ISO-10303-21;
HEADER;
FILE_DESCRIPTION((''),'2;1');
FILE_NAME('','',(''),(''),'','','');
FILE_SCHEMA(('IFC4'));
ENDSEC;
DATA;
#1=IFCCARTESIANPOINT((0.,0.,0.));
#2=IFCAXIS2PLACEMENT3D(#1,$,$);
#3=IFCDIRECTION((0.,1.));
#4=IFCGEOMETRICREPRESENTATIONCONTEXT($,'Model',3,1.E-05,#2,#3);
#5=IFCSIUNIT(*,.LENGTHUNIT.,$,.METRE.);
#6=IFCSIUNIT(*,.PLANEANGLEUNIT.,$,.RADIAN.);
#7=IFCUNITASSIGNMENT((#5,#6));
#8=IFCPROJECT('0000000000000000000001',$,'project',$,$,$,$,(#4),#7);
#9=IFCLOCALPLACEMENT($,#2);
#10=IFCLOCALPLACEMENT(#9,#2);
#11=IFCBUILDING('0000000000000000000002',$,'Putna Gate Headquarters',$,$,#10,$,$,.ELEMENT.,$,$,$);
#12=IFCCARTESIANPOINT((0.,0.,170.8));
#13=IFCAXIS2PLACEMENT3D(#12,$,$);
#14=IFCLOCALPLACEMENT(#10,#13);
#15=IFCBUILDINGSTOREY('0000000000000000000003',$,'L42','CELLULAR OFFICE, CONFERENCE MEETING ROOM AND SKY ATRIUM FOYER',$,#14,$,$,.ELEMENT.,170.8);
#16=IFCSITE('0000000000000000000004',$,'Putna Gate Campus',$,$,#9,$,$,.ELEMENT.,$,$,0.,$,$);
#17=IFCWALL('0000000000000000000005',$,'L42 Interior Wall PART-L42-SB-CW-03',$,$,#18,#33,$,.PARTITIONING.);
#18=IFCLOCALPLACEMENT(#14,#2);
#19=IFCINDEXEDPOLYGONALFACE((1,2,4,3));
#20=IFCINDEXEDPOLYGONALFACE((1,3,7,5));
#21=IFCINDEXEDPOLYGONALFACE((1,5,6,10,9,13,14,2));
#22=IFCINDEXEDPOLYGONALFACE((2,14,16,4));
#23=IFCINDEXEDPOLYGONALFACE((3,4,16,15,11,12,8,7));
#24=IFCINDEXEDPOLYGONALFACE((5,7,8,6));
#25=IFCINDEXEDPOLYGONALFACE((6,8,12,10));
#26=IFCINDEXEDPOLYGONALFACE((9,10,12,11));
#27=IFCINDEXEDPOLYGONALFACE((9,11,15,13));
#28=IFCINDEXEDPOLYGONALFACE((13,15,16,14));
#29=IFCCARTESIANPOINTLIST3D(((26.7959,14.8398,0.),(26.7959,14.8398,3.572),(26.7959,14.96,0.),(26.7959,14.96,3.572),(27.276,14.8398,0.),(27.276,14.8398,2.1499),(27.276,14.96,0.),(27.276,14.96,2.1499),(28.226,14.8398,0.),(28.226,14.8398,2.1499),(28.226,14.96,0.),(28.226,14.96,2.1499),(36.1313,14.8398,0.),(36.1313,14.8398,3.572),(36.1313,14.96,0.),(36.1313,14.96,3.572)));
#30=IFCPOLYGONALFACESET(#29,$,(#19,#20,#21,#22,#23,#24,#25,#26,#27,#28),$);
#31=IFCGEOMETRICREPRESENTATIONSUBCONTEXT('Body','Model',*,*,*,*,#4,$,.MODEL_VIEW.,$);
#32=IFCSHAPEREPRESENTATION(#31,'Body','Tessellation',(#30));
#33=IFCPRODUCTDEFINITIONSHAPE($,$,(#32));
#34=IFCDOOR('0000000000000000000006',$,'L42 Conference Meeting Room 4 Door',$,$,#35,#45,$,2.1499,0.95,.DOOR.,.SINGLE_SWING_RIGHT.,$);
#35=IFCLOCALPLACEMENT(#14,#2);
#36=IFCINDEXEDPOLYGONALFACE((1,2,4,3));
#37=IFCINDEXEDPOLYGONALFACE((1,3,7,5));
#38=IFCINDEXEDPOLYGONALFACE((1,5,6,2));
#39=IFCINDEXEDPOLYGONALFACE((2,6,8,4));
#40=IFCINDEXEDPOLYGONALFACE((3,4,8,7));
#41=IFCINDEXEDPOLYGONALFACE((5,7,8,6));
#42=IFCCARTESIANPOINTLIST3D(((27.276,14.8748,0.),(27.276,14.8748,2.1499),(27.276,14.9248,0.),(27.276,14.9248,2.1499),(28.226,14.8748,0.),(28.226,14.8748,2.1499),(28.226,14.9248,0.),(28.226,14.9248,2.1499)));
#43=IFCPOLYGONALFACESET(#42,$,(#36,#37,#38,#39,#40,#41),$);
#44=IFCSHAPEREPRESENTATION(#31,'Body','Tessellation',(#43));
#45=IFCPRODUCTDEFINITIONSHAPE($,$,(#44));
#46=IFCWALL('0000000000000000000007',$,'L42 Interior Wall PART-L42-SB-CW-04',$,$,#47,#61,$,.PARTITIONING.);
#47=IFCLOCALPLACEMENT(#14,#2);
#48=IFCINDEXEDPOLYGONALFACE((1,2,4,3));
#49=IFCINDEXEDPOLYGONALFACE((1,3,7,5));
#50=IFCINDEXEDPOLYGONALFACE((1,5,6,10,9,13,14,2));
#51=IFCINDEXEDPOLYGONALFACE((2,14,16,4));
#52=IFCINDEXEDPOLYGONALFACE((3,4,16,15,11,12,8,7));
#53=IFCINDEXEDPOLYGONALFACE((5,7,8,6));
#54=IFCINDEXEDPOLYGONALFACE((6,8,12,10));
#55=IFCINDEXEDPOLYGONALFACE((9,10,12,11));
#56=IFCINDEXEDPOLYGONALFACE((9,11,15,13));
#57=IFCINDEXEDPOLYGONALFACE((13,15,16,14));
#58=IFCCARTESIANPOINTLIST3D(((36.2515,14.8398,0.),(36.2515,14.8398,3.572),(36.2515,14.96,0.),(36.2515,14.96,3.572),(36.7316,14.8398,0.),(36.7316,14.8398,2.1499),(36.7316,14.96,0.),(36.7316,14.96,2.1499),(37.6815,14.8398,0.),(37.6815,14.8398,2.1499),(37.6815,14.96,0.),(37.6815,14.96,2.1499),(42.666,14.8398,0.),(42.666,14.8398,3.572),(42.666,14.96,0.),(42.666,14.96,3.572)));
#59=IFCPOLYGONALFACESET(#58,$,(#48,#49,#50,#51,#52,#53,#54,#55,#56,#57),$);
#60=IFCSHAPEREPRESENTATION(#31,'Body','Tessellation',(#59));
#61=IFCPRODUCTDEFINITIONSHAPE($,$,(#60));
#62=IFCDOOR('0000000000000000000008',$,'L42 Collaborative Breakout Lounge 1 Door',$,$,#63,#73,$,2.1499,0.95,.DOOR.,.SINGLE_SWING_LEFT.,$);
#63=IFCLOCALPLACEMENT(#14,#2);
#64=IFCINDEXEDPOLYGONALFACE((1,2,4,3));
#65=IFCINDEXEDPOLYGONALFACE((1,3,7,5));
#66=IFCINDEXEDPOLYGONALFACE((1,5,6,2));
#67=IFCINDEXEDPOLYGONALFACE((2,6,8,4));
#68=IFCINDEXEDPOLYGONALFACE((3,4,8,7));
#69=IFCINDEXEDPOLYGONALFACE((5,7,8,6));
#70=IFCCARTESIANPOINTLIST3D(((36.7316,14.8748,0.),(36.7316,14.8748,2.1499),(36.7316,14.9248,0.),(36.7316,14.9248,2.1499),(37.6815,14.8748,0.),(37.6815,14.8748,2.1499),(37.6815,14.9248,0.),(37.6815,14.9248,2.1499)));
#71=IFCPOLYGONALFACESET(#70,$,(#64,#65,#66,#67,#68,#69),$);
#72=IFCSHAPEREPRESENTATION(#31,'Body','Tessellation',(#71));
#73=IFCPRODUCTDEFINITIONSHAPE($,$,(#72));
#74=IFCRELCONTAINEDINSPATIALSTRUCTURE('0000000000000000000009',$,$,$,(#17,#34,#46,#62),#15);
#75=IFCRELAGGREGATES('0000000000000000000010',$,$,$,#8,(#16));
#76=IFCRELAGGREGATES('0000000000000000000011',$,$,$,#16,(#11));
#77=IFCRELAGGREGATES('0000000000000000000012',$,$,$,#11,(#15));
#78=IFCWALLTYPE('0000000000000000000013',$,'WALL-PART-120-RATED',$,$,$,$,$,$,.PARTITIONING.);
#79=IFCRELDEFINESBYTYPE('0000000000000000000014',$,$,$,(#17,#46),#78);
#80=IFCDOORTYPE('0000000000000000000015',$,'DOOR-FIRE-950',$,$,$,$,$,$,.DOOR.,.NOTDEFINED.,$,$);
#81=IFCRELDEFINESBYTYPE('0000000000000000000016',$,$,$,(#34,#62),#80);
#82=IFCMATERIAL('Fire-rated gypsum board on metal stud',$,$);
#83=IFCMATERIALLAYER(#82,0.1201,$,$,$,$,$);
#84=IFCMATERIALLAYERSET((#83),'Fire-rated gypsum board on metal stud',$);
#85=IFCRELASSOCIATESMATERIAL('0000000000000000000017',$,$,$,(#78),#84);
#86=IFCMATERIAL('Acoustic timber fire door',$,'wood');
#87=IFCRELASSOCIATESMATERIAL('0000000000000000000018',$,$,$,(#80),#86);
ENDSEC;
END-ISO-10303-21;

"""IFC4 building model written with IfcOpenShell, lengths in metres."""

from ifc_helpers import new_model, si_unit, direction, frame, frame_2d, origin, place, context, subcontext, project, spatial, rectangle, extrude, material, layer, layer_set, type_object, element, fill, save


model = new_model("IFC4")

# Units and contexts
model_context = context("Model", 3, precision=1e-05, world=origin(), true_north=direction((0.0, 1.0)))
body_context = subcontext(model_context, "Body", "Model", "MODEL_VIEW")
ifc_project = project(units=[si_unit("LENGTHUNIT", "METRE"), si_unit("PLANEANGLEUNIT", "RADIAN")], contexts=[model_context])

# Site, building, storey
site_placement = place(None, origin())
site = spatial("IfcSite", under=ifc_project, at=site_placement, Name="Putna Gate Campus", CompositionType="ELEMENT", RefElevation=0.0)
building_placement = place(site_placement, origin())
building = spatial("IfcBuilding", under=site, at=building_placement, Name="Putna Gate Headquarters", CompositionType="ELEMENT")
storey_placement = place(building_placement, frame((0.0, 0.0, 170.8)))
storey = spatial("IfcBuildingStorey", under=building, at=storey_placement, Name="L42", Description="CELLULAR OFFICE, CONFERENCE MEETING ROOM AND SKY ATRIUM FOYER", CompositionType="ELEMENT", Elevation=170.8)

# Walls, openings, doors
ifc_material_1 = material(Name="Fire-rated gypsum board on metal stud")
ifc_layer_1 = layer(ifc_material_1, 0.1201)
ifc_layer_set_1 = layer_set([ifc_layer_1], Name="Fire-rated gypsum board on metal stud")
wall_type_1 = type_object("IfcWallType", Name="WALL-PART-120-RATED", PredefinedType="PARTITIONING", material=ifc_layer_set_1)
wall_1_placement = place(storey_placement, frame((26.7959, 14.8999, 0.0), z_axis=(0.0, 0.0, 1.0), x_axis=(1.0, 0.0, 0.0)))
wall_1 = element("IfcWall", 1, at=wall_1_placement, inside=storey, type_object=wall_type_1, Name="L42 Interior Wall PART-L42-SB-CW-03", PredefinedType="PARTITIONING", context=body_context, shape_type="SweptSolid", body=[
    extrude(rectangle(XDim=9.3354, YDim=0.1201, at=frame_2d((4.6677, 0.0))), origin(), (0.0, 0.0, 1.0), 3.572),
])
opening_1_placement = place(wall_1_placement, frame((0.48, 0.0, 0.0)))
opening_1 = element("IfcOpeningElement", 2, at=opening_1_placement, cuts=wall_1, PredefinedType="OPENING", context=body_context, shape_type="SweptSolid", body=[
    extrude(rectangle(XDim=0.95, YDim=2.1499, at=frame_2d((0.4751, 1.075))), frame((0.0, 0.0701, 0.0), z_axis=(0.0, -1.0, 0.0), x_axis=(1.0, 0.0, 0.0)), (0.0, 0.0, 1.0), 0.1401),
])
ifc_material_2 = material(Name="Acoustic timber fire door", Category="wood")
door_type = type_object("IfcDoorType", Name="DOOR-FIRE-950", OperationType="NOTDEFINED", PredefinedType="DOOR", material=ifc_material_2)
door_1_placement = place(opening_1_placement, origin())
door_1 = element("IfcDoor", 3, at=door_1_placement, inside=storey, type_object=door_type, Name="L42 Conference Meeting Room 4 Door", OperationType="SINGLE_SWING_RIGHT", OverallHeight=2.1499, OverallWidth=0.95, PredefinedType="DOOR", context=body_context, shape_type="SweptSolid", body=[
    extrude(rectangle(XDim=0.95, YDim=2.1499, at=frame_2d((0.4751, 1.075))), frame((0.0, 0.0249, 0.0), z_axis=(0.0, -1.0, 0.0), x_axis=(1.0, 0.0, 0.0)), (0.0, 0.0, 1.0), 0.05),
])
fill(opening_1, door_1)
wall_2_placement = place(storey_placement, frame((36.2515, 14.8999, 0.0), z_axis=(0.0, 0.0, 1.0), x_axis=(1.0, 0.0, 0.0)))
wall_2 = element("IfcWall", 4, at=wall_2_placement, inside=storey, type_object=wall_type_1, Name="L42 Interior Wall PART-L42-SB-CW-04", PredefinedType="PARTITIONING", context=body_context, shape_type="SweptSolid", body=[
    extrude(rectangle(XDim=6.4146, YDim=0.1201, at=frame_2d((3.2073, 0.0))), origin(), (0.0, 0.0, 1.0), 3.572),
])
opening_2_placement = place(wall_2_placement, frame((0.48, 0.0, 0.0)))
opening_2 = element("IfcOpeningElement", 5, at=opening_2_placement, cuts=wall_2, PredefinedType="OPENING", context=body_context, shape_type="SweptSolid", body=[
    extrude(rectangle(XDim=0.95, YDim=2.1499, at=frame_2d((0.4751, 1.075))), frame((0.0, 0.0701, 0.0), z_axis=(0.0, -1.0, 0.0), x_axis=(1.0, 0.0, 0.0)), (0.0, 0.0, 1.0), 0.1401),
])
door_2_placement = place(opening_2_placement, origin())
door_2 = element("IfcDoor", 6, at=door_2_placement, inside=storey, type_object=door_type, Name="L42 Collaborative Breakout Lounge 1 Door", OperationType="SINGLE_SWING_LEFT", OverallHeight=2.1499, OverallWidth=0.95, PredefinedType="DOOR", context=body_context, shape_type="SweptSolid", body=[
    extrude(rectangle(XDim=0.95, YDim=2.1499, at=frame_2d((0.4751, 1.075))), frame((0.0, 0.0249, 0.0), z_axis=(0.0, -1.0, 0.0), x_axis=(1.0, 0.0, 0.0)), (0.0, 0.0, 1.0), 0.05),
])
fill(opening_2, door_2)

save(model, "model.ifc")
